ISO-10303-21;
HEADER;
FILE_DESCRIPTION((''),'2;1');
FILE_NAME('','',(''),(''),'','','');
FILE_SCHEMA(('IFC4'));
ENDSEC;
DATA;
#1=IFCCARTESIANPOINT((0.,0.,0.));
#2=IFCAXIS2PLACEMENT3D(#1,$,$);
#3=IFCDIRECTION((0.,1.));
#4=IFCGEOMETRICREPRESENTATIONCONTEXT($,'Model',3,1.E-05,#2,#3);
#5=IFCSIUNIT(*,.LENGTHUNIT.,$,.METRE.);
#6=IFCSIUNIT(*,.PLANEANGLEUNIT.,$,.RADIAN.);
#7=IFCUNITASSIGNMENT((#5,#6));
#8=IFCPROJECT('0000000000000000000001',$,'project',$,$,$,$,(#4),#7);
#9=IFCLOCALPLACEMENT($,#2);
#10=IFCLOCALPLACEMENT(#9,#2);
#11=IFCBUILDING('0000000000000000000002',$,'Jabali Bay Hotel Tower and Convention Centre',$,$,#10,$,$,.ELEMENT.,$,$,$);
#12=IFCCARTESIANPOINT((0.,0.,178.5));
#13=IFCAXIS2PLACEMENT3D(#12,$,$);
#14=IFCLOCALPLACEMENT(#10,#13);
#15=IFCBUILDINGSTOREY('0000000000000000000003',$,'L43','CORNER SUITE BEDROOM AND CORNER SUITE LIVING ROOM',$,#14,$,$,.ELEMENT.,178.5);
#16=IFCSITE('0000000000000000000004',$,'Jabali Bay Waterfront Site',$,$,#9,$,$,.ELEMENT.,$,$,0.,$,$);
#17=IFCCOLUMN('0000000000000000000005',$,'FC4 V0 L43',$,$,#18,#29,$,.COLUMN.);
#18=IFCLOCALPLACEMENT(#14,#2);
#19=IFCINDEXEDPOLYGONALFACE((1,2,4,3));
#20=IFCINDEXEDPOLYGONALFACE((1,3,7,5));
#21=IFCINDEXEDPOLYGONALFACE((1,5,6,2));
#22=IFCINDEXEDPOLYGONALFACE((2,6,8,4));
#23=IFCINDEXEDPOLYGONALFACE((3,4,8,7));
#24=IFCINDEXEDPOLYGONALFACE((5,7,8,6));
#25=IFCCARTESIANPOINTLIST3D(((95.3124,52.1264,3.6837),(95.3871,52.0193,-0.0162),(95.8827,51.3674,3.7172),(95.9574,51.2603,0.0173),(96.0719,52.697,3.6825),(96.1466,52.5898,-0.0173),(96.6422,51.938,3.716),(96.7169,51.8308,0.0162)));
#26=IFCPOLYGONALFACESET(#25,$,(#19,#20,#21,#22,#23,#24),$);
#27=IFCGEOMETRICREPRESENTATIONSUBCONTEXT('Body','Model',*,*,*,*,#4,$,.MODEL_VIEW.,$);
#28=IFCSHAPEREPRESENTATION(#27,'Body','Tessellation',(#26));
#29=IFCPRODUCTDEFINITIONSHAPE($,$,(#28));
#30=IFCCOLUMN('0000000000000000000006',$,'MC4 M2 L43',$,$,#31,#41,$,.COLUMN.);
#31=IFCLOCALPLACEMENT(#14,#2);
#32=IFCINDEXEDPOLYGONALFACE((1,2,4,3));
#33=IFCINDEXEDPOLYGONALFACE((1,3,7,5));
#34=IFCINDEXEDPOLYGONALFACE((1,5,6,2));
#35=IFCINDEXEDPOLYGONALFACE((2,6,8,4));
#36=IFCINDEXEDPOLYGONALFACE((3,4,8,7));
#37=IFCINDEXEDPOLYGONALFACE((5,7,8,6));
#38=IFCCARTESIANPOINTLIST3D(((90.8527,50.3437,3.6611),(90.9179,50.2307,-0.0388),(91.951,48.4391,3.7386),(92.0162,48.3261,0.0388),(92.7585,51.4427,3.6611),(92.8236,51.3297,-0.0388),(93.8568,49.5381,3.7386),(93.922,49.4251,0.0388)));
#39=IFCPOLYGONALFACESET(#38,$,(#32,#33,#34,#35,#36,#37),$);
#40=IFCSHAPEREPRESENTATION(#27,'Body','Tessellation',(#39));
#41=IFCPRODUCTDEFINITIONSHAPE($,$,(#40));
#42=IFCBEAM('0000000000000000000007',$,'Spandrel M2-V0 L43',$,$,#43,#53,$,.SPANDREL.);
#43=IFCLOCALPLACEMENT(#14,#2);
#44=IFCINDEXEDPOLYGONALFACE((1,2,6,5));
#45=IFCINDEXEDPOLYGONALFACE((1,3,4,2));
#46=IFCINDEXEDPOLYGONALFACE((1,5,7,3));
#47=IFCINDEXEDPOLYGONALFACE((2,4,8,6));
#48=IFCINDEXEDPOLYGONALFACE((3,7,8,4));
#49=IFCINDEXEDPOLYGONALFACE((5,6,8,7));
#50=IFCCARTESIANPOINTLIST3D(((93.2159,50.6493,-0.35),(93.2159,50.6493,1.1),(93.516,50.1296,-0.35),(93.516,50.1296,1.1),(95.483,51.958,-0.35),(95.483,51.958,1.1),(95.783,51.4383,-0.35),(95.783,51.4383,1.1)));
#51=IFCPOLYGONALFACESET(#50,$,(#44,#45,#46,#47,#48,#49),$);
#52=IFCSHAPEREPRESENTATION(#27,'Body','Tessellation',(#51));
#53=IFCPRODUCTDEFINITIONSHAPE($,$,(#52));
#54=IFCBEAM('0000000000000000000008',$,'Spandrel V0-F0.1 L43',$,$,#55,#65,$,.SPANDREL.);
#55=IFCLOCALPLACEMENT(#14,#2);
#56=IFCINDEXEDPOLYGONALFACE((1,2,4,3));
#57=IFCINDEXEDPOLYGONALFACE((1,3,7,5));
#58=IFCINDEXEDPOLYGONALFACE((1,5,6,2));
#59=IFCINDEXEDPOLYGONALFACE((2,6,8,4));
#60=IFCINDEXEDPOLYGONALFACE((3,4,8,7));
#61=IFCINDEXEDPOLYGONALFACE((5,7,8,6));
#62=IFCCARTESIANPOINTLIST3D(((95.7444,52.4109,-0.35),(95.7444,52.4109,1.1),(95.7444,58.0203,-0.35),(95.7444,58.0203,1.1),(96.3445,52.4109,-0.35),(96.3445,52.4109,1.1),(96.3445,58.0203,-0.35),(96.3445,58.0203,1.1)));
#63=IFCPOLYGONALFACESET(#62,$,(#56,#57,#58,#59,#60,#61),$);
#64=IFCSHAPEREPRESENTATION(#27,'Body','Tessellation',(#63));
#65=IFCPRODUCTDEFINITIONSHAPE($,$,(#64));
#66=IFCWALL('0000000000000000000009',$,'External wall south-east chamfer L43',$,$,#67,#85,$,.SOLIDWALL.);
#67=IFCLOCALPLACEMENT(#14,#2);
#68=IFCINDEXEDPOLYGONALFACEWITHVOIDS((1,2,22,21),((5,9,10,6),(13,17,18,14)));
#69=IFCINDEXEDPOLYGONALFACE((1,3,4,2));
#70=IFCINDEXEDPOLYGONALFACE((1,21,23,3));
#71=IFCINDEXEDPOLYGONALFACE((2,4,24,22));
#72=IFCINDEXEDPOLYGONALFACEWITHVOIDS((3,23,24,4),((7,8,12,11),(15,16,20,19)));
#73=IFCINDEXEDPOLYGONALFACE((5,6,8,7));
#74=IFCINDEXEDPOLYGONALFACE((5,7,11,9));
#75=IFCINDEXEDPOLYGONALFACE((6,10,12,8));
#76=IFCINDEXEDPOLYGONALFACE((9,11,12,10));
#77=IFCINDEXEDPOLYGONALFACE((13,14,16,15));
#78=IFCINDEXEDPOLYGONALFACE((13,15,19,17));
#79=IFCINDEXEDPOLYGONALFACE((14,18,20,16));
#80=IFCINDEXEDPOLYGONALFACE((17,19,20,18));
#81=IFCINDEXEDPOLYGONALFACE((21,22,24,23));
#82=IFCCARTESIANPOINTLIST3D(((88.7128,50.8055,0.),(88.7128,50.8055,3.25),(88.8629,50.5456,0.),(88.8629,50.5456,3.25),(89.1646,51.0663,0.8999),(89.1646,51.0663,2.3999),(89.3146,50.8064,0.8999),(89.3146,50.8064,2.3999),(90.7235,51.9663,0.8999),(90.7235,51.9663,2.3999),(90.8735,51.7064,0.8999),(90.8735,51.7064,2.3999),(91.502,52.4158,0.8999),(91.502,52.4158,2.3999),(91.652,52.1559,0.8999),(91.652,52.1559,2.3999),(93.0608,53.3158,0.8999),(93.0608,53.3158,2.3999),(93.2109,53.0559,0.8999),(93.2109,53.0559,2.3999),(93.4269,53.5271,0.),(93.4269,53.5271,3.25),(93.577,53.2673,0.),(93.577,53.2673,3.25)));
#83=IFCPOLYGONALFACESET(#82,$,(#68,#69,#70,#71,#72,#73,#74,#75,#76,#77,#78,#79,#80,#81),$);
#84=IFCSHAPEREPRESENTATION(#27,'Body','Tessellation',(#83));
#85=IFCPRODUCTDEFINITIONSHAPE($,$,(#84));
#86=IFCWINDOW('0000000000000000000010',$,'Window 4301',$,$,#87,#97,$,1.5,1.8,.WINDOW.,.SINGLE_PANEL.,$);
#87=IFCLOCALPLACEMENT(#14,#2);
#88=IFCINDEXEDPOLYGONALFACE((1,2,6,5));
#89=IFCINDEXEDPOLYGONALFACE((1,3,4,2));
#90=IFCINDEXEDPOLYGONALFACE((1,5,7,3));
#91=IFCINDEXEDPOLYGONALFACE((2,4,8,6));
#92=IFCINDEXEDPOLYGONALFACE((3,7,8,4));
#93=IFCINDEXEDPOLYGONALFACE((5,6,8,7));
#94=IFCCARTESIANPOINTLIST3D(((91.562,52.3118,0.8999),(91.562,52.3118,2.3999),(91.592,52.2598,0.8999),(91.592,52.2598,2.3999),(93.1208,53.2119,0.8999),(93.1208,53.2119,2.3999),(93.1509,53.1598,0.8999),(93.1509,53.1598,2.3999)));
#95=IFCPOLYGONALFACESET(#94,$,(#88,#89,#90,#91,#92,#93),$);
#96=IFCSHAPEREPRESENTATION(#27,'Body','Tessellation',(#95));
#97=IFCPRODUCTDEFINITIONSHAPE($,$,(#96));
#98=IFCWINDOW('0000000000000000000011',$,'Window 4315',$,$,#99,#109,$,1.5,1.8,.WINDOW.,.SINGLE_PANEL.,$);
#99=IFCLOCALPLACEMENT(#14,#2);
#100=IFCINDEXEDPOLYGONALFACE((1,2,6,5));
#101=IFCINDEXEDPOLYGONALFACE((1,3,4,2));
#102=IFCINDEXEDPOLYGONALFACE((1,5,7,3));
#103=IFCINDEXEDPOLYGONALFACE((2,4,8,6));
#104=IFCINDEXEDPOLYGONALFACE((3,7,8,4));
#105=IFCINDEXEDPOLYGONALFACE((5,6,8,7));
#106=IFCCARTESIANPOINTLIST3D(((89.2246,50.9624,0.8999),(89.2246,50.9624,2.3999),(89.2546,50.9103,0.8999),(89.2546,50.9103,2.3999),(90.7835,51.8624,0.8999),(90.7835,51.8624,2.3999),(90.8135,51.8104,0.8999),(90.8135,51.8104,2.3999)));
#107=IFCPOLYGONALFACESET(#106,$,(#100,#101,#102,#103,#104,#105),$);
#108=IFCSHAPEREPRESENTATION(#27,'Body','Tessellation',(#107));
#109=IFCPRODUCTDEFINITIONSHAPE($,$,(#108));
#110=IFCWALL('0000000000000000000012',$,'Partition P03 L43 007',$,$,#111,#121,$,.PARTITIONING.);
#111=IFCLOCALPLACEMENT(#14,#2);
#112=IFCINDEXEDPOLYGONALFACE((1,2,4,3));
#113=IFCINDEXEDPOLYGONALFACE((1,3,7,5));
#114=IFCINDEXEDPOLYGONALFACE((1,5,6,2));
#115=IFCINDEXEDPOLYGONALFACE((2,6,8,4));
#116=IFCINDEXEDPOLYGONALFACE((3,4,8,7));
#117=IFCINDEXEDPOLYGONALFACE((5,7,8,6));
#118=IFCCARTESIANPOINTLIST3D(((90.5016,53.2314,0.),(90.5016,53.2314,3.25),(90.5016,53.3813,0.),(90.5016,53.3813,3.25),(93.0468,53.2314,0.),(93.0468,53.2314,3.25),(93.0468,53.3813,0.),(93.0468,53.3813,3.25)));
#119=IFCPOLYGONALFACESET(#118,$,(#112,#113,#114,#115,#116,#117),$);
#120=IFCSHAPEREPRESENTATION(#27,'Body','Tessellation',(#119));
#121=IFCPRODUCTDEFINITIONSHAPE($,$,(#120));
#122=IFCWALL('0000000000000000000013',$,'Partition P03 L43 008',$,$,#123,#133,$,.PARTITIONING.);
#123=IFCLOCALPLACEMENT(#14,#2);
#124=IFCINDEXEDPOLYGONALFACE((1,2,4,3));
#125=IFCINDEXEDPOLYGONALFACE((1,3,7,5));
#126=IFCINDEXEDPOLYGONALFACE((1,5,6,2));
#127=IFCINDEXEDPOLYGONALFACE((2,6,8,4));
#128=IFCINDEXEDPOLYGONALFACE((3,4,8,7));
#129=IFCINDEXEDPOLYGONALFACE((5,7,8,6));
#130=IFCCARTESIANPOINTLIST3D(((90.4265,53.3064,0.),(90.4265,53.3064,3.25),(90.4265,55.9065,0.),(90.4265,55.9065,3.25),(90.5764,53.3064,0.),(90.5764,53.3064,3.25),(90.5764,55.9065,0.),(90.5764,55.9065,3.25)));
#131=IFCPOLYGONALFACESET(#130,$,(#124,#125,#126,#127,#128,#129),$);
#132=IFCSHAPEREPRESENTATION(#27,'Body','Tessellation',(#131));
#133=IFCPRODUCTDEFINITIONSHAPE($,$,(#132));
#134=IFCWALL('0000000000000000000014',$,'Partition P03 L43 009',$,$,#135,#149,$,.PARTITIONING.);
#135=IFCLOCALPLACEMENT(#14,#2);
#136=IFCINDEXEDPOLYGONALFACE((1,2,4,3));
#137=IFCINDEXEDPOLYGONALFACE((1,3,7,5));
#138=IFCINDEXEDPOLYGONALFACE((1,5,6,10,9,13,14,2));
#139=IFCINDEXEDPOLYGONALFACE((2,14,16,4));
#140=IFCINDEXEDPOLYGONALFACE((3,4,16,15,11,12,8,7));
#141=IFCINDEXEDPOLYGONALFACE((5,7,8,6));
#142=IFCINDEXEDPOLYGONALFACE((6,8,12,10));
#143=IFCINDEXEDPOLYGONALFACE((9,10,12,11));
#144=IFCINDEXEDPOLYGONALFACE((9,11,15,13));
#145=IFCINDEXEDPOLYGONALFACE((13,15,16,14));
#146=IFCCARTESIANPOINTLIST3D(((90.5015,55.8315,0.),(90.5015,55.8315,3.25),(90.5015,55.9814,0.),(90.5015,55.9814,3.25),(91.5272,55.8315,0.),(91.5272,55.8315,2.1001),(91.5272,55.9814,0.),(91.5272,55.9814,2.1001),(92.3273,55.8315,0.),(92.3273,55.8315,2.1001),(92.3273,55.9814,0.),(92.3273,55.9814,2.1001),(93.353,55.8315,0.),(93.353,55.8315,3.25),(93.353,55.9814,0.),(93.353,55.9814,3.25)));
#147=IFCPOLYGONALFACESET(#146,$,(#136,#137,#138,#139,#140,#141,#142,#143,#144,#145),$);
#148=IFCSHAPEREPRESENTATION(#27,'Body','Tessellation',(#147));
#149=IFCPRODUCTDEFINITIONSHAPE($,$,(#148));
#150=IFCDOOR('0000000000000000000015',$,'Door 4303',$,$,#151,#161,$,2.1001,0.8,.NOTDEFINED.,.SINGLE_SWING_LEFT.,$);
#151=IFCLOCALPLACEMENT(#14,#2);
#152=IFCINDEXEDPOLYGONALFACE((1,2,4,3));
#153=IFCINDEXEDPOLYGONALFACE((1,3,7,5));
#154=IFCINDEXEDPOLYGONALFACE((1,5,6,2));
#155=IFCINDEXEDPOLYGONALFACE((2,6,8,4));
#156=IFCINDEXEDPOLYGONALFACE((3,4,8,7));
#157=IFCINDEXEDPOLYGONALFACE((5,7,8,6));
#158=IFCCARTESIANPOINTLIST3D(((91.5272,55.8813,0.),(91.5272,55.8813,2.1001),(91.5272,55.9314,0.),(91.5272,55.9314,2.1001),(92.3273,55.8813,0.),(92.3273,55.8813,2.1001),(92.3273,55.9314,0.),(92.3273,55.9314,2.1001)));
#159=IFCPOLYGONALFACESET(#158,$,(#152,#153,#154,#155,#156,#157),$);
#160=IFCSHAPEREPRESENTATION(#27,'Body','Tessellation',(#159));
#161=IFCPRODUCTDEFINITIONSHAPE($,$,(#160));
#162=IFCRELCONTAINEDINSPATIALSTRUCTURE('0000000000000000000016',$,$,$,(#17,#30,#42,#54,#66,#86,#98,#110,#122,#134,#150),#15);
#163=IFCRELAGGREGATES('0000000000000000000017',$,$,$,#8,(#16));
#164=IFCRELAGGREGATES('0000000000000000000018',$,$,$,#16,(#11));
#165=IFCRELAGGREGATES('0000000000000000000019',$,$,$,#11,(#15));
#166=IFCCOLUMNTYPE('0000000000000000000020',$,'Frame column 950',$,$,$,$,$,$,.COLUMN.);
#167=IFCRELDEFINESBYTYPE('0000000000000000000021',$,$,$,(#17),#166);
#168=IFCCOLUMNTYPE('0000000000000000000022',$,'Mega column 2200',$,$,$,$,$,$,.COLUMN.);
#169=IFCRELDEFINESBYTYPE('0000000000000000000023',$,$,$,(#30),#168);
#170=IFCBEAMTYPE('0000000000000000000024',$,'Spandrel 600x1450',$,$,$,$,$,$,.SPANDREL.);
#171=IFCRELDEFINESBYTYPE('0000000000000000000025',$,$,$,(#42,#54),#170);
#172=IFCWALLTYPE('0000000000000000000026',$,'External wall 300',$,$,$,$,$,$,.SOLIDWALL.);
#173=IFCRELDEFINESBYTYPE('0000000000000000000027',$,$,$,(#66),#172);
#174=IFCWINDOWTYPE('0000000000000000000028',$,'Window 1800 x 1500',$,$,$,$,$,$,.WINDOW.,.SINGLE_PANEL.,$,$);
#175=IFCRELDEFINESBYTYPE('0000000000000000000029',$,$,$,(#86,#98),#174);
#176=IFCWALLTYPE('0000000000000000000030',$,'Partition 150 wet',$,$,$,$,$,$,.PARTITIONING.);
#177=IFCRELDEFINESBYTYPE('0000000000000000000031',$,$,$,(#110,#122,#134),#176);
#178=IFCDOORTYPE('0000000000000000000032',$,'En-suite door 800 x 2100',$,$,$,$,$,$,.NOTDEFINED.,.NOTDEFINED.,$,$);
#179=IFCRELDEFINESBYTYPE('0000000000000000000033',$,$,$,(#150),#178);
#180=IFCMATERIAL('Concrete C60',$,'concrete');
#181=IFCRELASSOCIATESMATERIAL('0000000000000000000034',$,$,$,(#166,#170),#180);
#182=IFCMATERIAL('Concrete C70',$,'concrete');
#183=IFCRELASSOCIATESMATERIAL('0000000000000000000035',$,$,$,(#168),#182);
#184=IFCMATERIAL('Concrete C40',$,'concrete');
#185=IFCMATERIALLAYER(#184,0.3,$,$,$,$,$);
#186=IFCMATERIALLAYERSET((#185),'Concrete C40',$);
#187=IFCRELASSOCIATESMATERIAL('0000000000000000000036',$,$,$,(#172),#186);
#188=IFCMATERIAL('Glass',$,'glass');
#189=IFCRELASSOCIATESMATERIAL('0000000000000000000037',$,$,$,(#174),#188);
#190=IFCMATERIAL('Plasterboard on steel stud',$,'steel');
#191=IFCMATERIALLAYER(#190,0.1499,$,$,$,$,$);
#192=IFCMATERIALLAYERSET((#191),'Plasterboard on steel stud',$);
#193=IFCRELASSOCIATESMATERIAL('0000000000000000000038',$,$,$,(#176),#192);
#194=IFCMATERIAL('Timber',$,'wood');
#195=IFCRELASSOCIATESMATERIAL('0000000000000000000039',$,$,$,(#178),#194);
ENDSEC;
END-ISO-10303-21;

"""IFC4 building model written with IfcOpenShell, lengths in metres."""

from ifc_helpers import new_model, si_unit, direction, frame, frame_2d, origin, origin_2d, place, context, subcontext, project, spatial, rectangle, extrude, material, layer, layer_set, material_profile, profile_set, type_object, element, fill, save


model = new_model("IFC4")

# Units and contexts
model_context = context("Model", 3, precision=1e-05, world=origin(), true_north=direction((0.0, 1.0)))
body_context = subcontext(model_context, "Body", "Model", "MODEL_VIEW")
ifc_project = project(units=[si_unit("LENGTHUNIT", "METRE"), si_unit("PLANEANGLEUNIT", "RADIAN")], contexts=[model_context])

# Site, building, storey
site_placement = place(None, origin())
site = spatial("IfcSite", under=ifc_project, at=site_placement, Name="Jabali Bay Waterfront Site", CompositionType="ELEMENT", RefElevation=0.0)
building_placement = place(site_placement, origin())
building = spatial("IfcBuilding", under=site, at=building_placement, Name="Jabali Bay Hotel Tower and Convention Centre", CompositionType="ELEMENT")
storey_placement = place(building_placement, frame((0.0, 0.0, 178.5)))
storey = spatial("IfcBuildingStorey", under=building, at=storey_placement, Name="L43", Description="CORNER SUITE BEDROOM AND CORNER SUITE LIVING ROOM", CompositionType="ELEMENT", Elevation=178.5)

# Columns
ifc_material_1 = material(Name="Concrete C60", Category="concrete")
ifc_material_profile_1 = material_profile(ifc_material_1, rectangle(XDim=0.95, YDim=0.95, at=origin_2d()), Name="Frame column 950")
ifc_profile_set_1 = profile_set([ifc_material_profile_1], Name="Concrete C60")
column_type_1 = type_object("IfcColumnType", Name="Frame column 950", PredefinedType="COLUMN", material=ifc_profile_set_1)
column_1_placement = place(storey_placement, frame((96.052, 51.925, 0.0), z_axis=(-0.020179, 0.028949, 0.999377), x_axis=(-0.799524, -0.600632, 0.001255)))
element("IfcColumn", 1, at=column_1_placement, inside=storey, type_object=column_type_1, Name="FC4 V0 L43", PredefinedType="COLUMN", context=body_context, shape_type="SweptSolid", body=[
    extrude(rectangle(XDim=0.95, YDim=0.95, at=origin_2d()), origin(), (0.0, 0.0, 1.0), 3.7021),
])
ifc_material_2 = material(Name="Concrete C70", Category="concrete")
ifc_material_profile_2 = material_profile(ifc_material_2, rectangle(XDim=2.2, YDim=2.2, at=origin_2d()), Name="Mega column 2200")
ifc_profile_set_2 = profile_set([ifc_material_profile_2], Name="Concrete C70")
column_type_2 = type_object("IfcColumnType", Name="Mega column 2200", PredefinedType="COLUMN", material=ifc_profile_set_2)
column_2_placement = place(storey_placement, frame((92.4199, 49.8279, 0.0), z_axis=(-0.017607, 0.030532, 0.999379), x_axis=(-0.866277, -0.499564, 0.0)))
element("IfcColumn", 2, at=column_2_placement, inside=storey, type_object=column_type_2, Name="MC4 M2 L43", PredefinedType="COLUMN", context=body_context, shape_type="SweptSolid", body=[
    extrude(rectangle(XDim=2.2, YDim=2.2, at=origin_2d()), origin(), (0.0, 0.0, 1.0), 3.7021),
])

# Beams
ifc_material_profile_3 = material_profile(ifc_material_1, rectangle(XDim=0.6001, YDim=1.45, at=origin_2d()), Name="Spandrel 600x1450")
ifc_profile_set_3 = profile_set([ifc_material_profile_3], Name="Concrete C60")
beam_type = type_object("IfcBeamType", Name="Spandrel 600x1450", PredefinedType="SPANDREL", material=ifc_profile_set_3)
beam_1_placement = place(storey_placement, frame((93.366, 50.3894, 0.375), z_axis=(0.866036, 0.499981, 0.0), x_axis=(-0.499981, 0.866036, 0.0)))
element("IfcBeam", 3, at=beam_1_placement, inside=storey, type_object=beam_type, Name="Spandrel M2-V0 L43", PredefinedType="SPANDREL", context=body_context, shape_type="SweptSolid", body=[
    extrude(rectangle(XDim=0.6001, YDim=1.45, at=origin_2d()), origin(), (0.0, 0.0, 1.0), 2.6177),
])
beam_2_placement = place(storey_placement, frame((96.0444, 52.4109, 0.375), z_axis=(0.0, 1.0, 0.0), x_axis=(-1.0, 0.0, 0.0)))
element("IfcBeam", 4, at=beam_2_placement, inside=storey, type_object=beam_type, Name="Spandrel V0-F0.1 L43", PredefinedType="SPANDREL", context=body_context, shape_type="SweptSolid", body=[
    extrude(rectangle(XDim=0.6001, YDim=1.45, at=origin_2d()), origin(), (0.0, 0.0, 1.0), 5.6094),
])

# Wall, openings, windows
ifc_material_3 = material(Name="Concrete C40", Category="concrete")
ifc_layer_1 = layer(ifc_material_3, 0.3)
ifc_layer_set_1 = layer_set([ifc_layer_1], Name="Concrete C40")
wall_type_1 = type_object("IfcWallType", Name="External wall 300", PredefinedType="SOLIDWALL", material=ifc_layer_set_1)
wall_1_placement = place(storey_placement, frame((93.502, 53.3972, 0.0), z_axis=(0.0, 0.0, 1.0), x_axis=(-0.866026, -0.499998, 0.0)))
wall_1 = element("IfcWall", 5, at=wall_1_placement, inside=storey, type_object=wall_type_1, Name="External wall south-east chamfer L43", PredefinedType="SOLIDWALL", context=body_context, shape_type="SweptSolid", body=[
    extrude(rectangle(XDim=5.4434, YDim=0.3, at=frame_2d((2.7217, 0.0))), origin(), (0.0, 0.0, 1.0), 3.25),
])
opening_1_placement = place(wall_1_placement, frame((0.4229, 0.0, 0.8999)))
opening_1 = element("IfcOpeningElement", 6, at=opening_1_placement, cuts=wall_1, PredefinedType="OPENING", context=body_context, shape_type="SweptSolid", body=[
    extrude(rectangle(XDim=1.8, YDim=1.5, at=frame_2d((0.8999, 0.75))), frame((0.0, 0.1606, 0.0), z_axis=(0.0, -1.0, 0.0), x_axis=(1.0, 0.0, 0.0)), (0.0, 0.0, 1.0), 0.321),
])
opening_2_placement = place(wall_1_placement, frame((3.1218, 0.0, 0.8999)))
opening_2 = element("IfcOpeningElement", 7, at=opening_2_placement, cuts=wall_1, PredefinedType="OPENING", context=body_context, shape_type="SweptSolid", body=[
    extrude(rectangle(XDim=1.8, YDim=1.5, at=frame_2d((0.8999, 0.75))), frame((0.0, 0.1606, 0.0), z_axis=(0.0, -1.0, 0.0), x_axis=(1.0, 0.0, 0.0)), (0.0, 0.0, 1.0), 0.321),
])
ifc_material_4 = material(Name="Glass", Category="glass")
window_type = type_object("IfcWindowType", Name="Window 1800 x 1500", PartitioningType="SINGLE_PANEL", PredefinedType="WINDOW", material=ifc_material_4)
window_1_placement = place(opening_1_placement, origin())
window_1 = element("IfcWindow", 8, at=window_1_placement, inside=storey, type_object=window_type, Name="Window 4301", OverallHeight=1.5, OverallWidth=1.8, PartitioningType="SINGLE_PANEL", PredefinedType="WINDOW", context=body_context, shape_type="SweptSolid", body=[
    extrude(rectangle(XDim=1.8, YDim=1.5, at=frame_2d((0.8999, 0.75))), frame((0.0, 0.03, 0.0), z_axis=(0.0, -1.0, 0.0), x_axis=(1.0, 0.0, 0.0)), (0.0, 0.0, 1.0), 0.0601),
])
fill(opening_1, window_1)
window_2_placement = place(opening_2_placement, origin())
window_2 = element("IfcWindow", 9, at=window_2_placement, inside=storey, type_object=window_type, Name="Window 4315", OverallHeight=1.5, OverallWidth=1.8, PartitioningType="SINGLE_PANEL", PredefinedType="WINDOW", context=body_context, shape_type="SweptSolid", body=[
    extrude(rectangle(XDim=1.8, YDim=1.5, at=frame_2d((0.8999, 0.75))), frame((0.0, 0.03, 0.0), z_axis=(0.0, -1.0, 0.0), x_axis=(1.0, 0.0, 0.0)), (0.0, 0.0, 1.0), 0.0601),
])
fill(opening_2, window_2)

# Walls
ifc_material_5 = material(Name="Plasterboard on steel stud", Category="steel")
ifc_layer_2 = layer(ifc_material_5, 0.1499)
ifc_layer_set_2 = layer_set([ifc_layer_2], Name="Plasterboard on steel stud")
wall_type_2 = type_object("IfcWallType", Name="Partition 150 wet", PredefinedType="PARTITIONING", material=ifc_layer_set_2)
wall_2_placement = place(storey_placement, frame((93.0466, 53.3064, 0.0), z_axis=(0.0, 0.0, 1.0), x_axis=(-1.0, 0.0, 0.0)))
element("IfcWall", 10, at=wall_2_placement, inside=storey, type_object=wall_type_2, Name="Partition P03 L43 007", PredefinedType="PARTITIONING", context=body_context, shape_type="SweptSolid", body=[
    extrude(rectangle(XDim=2.5452, YDim=0.1499, at=frame_2d((1.2725, 0.0))), origin(), (0.0, 0.0, 1.0), 3.25),
])
wall_3_placement = place(storey_placement, frame((90.5015, 53.3064, 0.0), z_axis=(0.0, 0.0, 1.0), x_axis=(0.0, 1.0, 0.0)))
element("IfcWall", 11, at=wall_3_placement, inside=storey, type_object=wall_type_2, Name="Partition P03 L43 008", PredefinedType="PARTITIONING", context=body_context, shape_type="SweptSolid", body=[
    extrude(rectangle(XDim=2.6001, YDim=0.1499, at=frame_2d((1.3, 0.0))), origin(), (0.0, 0.0, 1.0), 3.25),
])

# Wall, opening, door
wall_4_placement = place(storey_placement, frame((90.5015, 55.9065, 0.0), z_axis=(0.0, 0.0, 1.0), x_axis=(1.0, 0.0, 0.0)))
wall_4 = element("IfcWall", 12, at=wall_4_placement, inside=storey, type_object=wall_type_2, Name="Partition P03 L43 009", PredefinedType="PARTITIONING", context=body_context, shape_type="SweptSolid", body=[
    extrude(rectangle(XDim=2.8516, YDim=0.1499, at=frame_2d((1.4258, 0.0))), origin(), (0.0, 0.0, 1.0), 3.25),
])
opening_3_placement = place(wall_4_placement, frame((1.0259, 0.0, 0.0)))
opening_3 = element("IfcOpeningElement", 13, at=opening_3_placement, cuts=wall_4, PredefinedType="OPENING", context=body_context, shape_type="SweptSolid", body=[
    extrude(rectangle(XDim=0.8, YDim=2.1001, at=frame_2d((0.3999, 1.05))), frame((0.0, 0.0854, 0.0), z_axis=(0.0, -1.0, 0.0), x_axis=(1.0, 0.0, 0.0)), (0.0, 0.0, 1.0), 0.1709),
])
ifc_material_6 = material(Name="Timber", Category="wood")
door_type = type_object("IfcDoorType", Name="En-suite door 800 x 2100", OperationType="NOTDEFINED", PredefinedType="NOTDEFINED", material=ifc_material_6)
door_placement = place(opening_3_placement, origin())
door = element("IfcDoor", 14, at=door_placement, inside=storey, type_object=door_type, Name="Door 4303", OperationType="SINGLE_SWING_LEFT", OverallHeight=2.1001, OverallWidth=0.8, PredefinedType="NOTDEFINED", context=body_context, shape_type="SweptSolid", body=[
    extrude(rectangle(XDim=0.8, YDim=2.1001, at=frame_2d((0.3999, 1.05))), frame((0.0, 0.0249, 0.0), z_axis=(0.0, -1.0, 0.0), x_axis=(1.0, 0.0, 0.0)), (0.0, 0.0, 1.0), 0.05),
])
fill(opening_3, door)

save(model, "model.ifc")
